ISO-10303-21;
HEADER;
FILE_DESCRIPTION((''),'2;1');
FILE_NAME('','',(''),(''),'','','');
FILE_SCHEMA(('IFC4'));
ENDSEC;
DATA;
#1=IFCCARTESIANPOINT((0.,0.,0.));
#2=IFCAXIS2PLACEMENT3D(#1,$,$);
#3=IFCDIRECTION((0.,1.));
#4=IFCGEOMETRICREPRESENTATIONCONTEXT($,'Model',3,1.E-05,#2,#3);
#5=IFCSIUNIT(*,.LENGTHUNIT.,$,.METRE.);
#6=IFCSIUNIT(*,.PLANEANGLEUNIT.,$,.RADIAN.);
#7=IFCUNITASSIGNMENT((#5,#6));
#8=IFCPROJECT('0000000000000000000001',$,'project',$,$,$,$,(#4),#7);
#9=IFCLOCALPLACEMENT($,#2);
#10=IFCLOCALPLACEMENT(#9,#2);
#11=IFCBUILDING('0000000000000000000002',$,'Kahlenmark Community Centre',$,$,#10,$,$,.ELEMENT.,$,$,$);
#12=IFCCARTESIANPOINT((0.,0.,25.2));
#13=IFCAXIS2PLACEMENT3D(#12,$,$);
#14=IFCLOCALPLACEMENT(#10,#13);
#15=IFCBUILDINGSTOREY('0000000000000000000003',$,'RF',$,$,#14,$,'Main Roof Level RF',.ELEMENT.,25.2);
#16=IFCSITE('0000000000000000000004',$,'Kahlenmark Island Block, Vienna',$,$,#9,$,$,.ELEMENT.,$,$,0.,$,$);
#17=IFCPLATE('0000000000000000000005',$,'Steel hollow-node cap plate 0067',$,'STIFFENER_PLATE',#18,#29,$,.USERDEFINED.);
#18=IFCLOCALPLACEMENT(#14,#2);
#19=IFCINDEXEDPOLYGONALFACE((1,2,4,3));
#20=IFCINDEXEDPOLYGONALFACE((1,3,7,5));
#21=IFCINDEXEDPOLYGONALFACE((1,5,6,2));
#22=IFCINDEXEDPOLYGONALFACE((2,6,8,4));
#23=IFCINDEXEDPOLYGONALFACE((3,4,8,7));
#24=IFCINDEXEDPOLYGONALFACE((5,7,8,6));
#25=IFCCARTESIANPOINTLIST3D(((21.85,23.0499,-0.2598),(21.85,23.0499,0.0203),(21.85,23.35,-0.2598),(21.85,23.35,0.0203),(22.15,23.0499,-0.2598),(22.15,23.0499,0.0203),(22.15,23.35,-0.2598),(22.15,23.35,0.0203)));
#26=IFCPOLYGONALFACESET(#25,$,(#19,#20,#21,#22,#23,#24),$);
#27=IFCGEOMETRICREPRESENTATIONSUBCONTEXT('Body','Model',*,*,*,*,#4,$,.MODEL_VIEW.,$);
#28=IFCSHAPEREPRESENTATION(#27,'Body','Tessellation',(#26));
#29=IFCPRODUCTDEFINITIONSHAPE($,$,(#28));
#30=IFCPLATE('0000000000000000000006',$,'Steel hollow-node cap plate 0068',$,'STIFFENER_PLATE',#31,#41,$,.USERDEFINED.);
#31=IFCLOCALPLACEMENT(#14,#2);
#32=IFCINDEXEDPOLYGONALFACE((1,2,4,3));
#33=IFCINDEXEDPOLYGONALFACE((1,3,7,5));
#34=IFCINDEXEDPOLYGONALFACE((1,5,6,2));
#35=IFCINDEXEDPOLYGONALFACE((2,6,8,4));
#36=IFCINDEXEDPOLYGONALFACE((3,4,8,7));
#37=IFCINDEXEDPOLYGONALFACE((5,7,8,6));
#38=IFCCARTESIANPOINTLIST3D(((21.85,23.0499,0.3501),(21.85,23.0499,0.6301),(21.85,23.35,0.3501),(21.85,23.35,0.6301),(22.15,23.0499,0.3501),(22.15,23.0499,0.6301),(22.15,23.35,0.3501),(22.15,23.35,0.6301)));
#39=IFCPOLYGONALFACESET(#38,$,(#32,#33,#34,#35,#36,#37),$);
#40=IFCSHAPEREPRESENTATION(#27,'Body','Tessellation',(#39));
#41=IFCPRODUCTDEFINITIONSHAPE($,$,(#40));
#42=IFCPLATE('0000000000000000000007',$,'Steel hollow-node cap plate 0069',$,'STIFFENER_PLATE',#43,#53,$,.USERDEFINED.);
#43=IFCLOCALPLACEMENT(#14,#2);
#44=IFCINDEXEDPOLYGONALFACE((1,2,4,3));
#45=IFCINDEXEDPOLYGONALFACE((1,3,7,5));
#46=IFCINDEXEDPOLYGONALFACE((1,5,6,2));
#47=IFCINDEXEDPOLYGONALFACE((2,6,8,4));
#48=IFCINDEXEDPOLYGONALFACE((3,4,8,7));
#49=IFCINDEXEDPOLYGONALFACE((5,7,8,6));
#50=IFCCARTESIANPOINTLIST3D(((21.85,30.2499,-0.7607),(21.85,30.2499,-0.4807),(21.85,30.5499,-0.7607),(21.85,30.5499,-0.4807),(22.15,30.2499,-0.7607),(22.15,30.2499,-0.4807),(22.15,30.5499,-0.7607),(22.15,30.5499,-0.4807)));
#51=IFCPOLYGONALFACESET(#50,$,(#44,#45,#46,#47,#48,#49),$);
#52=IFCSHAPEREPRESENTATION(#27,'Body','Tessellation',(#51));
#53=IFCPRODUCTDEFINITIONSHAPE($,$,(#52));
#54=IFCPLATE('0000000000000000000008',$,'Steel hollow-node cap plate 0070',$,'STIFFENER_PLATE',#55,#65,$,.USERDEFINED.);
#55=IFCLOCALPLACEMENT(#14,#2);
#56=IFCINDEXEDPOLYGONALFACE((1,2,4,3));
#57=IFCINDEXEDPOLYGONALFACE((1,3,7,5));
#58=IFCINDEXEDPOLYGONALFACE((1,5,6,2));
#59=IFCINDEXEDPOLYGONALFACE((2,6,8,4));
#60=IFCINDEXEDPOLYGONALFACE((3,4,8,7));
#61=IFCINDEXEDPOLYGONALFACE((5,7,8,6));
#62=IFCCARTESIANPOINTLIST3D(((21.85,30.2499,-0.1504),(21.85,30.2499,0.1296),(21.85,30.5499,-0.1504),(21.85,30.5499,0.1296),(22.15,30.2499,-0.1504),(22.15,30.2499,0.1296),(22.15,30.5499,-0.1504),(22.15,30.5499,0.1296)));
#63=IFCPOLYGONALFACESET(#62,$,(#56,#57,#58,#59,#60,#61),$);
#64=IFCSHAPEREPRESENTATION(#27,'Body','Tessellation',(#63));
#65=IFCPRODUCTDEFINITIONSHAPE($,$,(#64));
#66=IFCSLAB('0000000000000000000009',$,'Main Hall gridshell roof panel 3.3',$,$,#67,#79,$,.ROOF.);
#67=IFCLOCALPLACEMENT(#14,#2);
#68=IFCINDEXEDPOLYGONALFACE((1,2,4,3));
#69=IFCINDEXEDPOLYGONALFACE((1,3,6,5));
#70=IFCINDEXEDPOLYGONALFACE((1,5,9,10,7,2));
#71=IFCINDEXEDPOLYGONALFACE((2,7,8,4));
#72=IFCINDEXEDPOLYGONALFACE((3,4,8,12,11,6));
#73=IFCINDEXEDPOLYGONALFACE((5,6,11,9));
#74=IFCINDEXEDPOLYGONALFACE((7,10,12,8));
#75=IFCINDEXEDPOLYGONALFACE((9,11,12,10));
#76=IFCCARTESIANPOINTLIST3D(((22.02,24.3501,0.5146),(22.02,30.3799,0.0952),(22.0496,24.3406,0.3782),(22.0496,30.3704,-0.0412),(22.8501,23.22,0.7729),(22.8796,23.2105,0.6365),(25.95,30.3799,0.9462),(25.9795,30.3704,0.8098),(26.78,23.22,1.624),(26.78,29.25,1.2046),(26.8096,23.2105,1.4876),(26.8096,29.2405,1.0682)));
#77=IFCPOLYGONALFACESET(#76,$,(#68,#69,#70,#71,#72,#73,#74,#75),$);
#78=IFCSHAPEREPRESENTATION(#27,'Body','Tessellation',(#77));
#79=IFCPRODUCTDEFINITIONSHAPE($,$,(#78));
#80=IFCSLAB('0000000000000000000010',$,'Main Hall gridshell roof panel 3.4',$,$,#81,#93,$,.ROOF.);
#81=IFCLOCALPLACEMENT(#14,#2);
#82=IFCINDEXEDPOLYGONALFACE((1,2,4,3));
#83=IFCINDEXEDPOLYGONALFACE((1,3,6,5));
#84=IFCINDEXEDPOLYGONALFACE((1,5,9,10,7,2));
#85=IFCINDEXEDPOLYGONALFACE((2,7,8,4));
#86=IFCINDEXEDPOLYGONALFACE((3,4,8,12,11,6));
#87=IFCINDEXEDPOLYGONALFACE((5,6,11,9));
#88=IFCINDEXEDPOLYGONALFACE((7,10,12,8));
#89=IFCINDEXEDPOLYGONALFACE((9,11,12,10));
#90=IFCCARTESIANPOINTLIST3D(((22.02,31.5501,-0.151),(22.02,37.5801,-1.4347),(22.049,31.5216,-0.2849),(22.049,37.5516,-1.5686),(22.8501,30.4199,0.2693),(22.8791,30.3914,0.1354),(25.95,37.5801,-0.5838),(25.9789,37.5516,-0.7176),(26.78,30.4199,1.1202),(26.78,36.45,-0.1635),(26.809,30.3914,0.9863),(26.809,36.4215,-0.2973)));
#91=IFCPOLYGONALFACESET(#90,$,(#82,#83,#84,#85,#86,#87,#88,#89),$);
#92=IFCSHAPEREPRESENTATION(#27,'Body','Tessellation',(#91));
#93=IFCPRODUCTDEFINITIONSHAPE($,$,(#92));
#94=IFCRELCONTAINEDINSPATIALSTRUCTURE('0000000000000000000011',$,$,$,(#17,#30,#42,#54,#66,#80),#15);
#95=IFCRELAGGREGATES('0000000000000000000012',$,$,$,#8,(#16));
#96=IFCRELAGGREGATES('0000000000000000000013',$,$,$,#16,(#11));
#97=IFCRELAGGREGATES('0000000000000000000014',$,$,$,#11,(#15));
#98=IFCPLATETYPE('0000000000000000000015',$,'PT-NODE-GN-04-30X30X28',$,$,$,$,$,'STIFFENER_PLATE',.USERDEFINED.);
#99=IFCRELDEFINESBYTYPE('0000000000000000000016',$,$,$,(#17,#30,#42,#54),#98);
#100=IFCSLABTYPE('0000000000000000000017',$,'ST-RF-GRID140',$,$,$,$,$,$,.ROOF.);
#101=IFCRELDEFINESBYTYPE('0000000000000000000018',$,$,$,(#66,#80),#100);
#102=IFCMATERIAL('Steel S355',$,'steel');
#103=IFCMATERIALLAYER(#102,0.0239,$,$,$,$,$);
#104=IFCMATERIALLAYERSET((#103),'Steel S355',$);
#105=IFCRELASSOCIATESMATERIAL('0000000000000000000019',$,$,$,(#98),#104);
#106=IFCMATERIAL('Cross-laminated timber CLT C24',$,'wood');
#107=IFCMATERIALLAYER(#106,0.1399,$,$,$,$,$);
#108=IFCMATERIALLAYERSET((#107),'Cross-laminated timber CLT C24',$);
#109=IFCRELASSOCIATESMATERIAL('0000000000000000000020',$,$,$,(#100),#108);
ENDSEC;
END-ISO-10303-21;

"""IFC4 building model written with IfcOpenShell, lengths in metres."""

from ifc_helpers import new_model, si_unit, direction, frame, origin, origin_2d, place, context, subcontext, project, spatial, polyline, rectangle, outline, extrude, material, layer, layer_set, type_object, element, save


model = new_model("IFC4")

# Units and contexts
model_context = context("Model", 3, precision=1e-05, world=origin(), true_north=direction((0.0, 1.0)))
body_context = subcontext(model_context, "Body", "Model", "MODEL_VIEW")
ifc_project = project(units=[si_unit("LENGTHUNIT", "METRE"), si_unit("PLANEANGLEUNIT", "RADIAN")], contexts=[model_context])

# Site, building, storey
site_placement = place(None, origin())
site = spatial("IfcSite", under=ifc_project, at=site_placement, Name="Kahlenmark Island Block, Vienna", CompositionType="ELEMENT", RefElevation=0.0)
building_placement = place(site_placement, origin())
building = spatial("IfcBuilding", under=site, at=building_placement, Name="Kahlenmark Community Centre", CompositionType="ELEMENT")
storey_placement = place(building_placement, frame((0.0, 0.0, 25.2)))
storey = spatial("IfcBuildingStorey", under=building, at=storey_placement, Name="RF", LongName="Main Roof Level RF", CompositionType="ELEMENT", Elevation=25.2)

# Shared definitions
ifc_material_1 = material(Name="Steel S355", Category="steel")

# Plates
ifc_layer_1 = layer(ifc_material_1, 0.0239)
ifc_layer_set_1 = layer_set([ifc_layer_1], Name="Steel S355")
plate_type_1 = type_object("IfcPlateType", Name="PT-NODE-GN-04-30X30X28", ElementType="STIFFENER_PLATE", PredefinedType="USERDEFINED", material=ifc_layer_set_1)
for number, where, z_axis, x_axis, name in (
    (1, (22.0, 23.2, -0.2598), (0.0, 0.0, 1.0), (1.0, 0.0, 0.0), "Steel hollow-node cap plate 0067"),
    (2, (22.0, 23.2, 0.3501), (0.0, 0.0, 1.0), (1.0, 0.0, 0.0), "Steel hollow-node cap plate 0068"),
    (3, (22.0, 30.3999, -0.7607), (0.0, 0.0, 1.0), (1.0, 0.0, 0.0), "Steel hollow-node cap plate 0069"),
    (4, (22.0, 30.3999, -0.1504), (0.0, 0.0, 1.0), (1.0, 0.0, 0.0), "Steel hollow-node cap plate 0070"),
):
    element("IfcPlate", number, at=place(storey_placement, frame(where, z_axis=z_axis, x_axis=x_axis)), inside=storey, type_object=plate_type_1, Name=name, ObjectType="STIFFENER_PLATE", PredefinedType="USERDEFINED", context=body_context, shape_type="SweptSolid", body=[
        extrude(rectangle(XDim=0.3, YDim=0.3, at=origin_2d()), origin(), (0.0, 0.0, 1.0), 0.28),
    ])

# Slabs
ifc_material_2 = material(Name="Cross-laminated timber CLT C24", Category="wood")
ifc_layer_2 = layer(ifc_material_2, 0.1399)
ifc_layer_set_2 = layer_set([ifc_layer_2], Name="Cross-laminated timber CLT C24")
slab_type = type_object("IfcSlabType", Name="ST-RF-GRID140", PredefinedType="ROOF", material=ifc_layer_set_2)
slab_1_placement = place(storey_placement, frame((22.8501, 23.22, 0.7729), z_axis=(-0.211157, 0.067819, 0.975096), x_axis=(0.977347, -0.000001, 0.211645)))
element("IfcSlab", 5, at=slab_1_placement, inside=storey, type_object=slab_type, Name="Main Hall gridshell roof panel 3.3", PredefinedType="ROOF", context=body_context, shape_type="SweptSolid", body=[
    extrude(outline(polyline([(0.0, 0.0), (4.021, 0.0), (3.9323, 6.0439), (3.0663, 7.1764), (-0.9547, 7.1764), (-0.8659, 1.1327), (0.0, 0.0)])), origin(), (0.0, 0.0, -1.0), 0.1399),
])
slab_2_placement = place(storey_placement, frame((22.8501, 30.4199, 0.2693), z_axis=(-0.207184, 0.203696, 0.956861), x_axis=(0.977352, 0.000005, 0.21162)))
element("IfcSlab", 6, at=slab_2_placement, inside=storey, type_object=slab_type, Name="Main Hall gridshell roof panel 3.4", PredefinedType="ROOF", context=body_context, shape_type="SweptSolid", body=[
    extrude(outline(polyline([(0.0, 0.0), (4.021, 0.0), (3.7494, 6.1592), (2.8492, 7.3135), (-1.1719, 7.3135), (-0.9002, 1.1544), (0.0, 0.0)])), origin(), (0.0, 0.0, -1.0), 0.1399),
])

save(model, "model.ifc")
